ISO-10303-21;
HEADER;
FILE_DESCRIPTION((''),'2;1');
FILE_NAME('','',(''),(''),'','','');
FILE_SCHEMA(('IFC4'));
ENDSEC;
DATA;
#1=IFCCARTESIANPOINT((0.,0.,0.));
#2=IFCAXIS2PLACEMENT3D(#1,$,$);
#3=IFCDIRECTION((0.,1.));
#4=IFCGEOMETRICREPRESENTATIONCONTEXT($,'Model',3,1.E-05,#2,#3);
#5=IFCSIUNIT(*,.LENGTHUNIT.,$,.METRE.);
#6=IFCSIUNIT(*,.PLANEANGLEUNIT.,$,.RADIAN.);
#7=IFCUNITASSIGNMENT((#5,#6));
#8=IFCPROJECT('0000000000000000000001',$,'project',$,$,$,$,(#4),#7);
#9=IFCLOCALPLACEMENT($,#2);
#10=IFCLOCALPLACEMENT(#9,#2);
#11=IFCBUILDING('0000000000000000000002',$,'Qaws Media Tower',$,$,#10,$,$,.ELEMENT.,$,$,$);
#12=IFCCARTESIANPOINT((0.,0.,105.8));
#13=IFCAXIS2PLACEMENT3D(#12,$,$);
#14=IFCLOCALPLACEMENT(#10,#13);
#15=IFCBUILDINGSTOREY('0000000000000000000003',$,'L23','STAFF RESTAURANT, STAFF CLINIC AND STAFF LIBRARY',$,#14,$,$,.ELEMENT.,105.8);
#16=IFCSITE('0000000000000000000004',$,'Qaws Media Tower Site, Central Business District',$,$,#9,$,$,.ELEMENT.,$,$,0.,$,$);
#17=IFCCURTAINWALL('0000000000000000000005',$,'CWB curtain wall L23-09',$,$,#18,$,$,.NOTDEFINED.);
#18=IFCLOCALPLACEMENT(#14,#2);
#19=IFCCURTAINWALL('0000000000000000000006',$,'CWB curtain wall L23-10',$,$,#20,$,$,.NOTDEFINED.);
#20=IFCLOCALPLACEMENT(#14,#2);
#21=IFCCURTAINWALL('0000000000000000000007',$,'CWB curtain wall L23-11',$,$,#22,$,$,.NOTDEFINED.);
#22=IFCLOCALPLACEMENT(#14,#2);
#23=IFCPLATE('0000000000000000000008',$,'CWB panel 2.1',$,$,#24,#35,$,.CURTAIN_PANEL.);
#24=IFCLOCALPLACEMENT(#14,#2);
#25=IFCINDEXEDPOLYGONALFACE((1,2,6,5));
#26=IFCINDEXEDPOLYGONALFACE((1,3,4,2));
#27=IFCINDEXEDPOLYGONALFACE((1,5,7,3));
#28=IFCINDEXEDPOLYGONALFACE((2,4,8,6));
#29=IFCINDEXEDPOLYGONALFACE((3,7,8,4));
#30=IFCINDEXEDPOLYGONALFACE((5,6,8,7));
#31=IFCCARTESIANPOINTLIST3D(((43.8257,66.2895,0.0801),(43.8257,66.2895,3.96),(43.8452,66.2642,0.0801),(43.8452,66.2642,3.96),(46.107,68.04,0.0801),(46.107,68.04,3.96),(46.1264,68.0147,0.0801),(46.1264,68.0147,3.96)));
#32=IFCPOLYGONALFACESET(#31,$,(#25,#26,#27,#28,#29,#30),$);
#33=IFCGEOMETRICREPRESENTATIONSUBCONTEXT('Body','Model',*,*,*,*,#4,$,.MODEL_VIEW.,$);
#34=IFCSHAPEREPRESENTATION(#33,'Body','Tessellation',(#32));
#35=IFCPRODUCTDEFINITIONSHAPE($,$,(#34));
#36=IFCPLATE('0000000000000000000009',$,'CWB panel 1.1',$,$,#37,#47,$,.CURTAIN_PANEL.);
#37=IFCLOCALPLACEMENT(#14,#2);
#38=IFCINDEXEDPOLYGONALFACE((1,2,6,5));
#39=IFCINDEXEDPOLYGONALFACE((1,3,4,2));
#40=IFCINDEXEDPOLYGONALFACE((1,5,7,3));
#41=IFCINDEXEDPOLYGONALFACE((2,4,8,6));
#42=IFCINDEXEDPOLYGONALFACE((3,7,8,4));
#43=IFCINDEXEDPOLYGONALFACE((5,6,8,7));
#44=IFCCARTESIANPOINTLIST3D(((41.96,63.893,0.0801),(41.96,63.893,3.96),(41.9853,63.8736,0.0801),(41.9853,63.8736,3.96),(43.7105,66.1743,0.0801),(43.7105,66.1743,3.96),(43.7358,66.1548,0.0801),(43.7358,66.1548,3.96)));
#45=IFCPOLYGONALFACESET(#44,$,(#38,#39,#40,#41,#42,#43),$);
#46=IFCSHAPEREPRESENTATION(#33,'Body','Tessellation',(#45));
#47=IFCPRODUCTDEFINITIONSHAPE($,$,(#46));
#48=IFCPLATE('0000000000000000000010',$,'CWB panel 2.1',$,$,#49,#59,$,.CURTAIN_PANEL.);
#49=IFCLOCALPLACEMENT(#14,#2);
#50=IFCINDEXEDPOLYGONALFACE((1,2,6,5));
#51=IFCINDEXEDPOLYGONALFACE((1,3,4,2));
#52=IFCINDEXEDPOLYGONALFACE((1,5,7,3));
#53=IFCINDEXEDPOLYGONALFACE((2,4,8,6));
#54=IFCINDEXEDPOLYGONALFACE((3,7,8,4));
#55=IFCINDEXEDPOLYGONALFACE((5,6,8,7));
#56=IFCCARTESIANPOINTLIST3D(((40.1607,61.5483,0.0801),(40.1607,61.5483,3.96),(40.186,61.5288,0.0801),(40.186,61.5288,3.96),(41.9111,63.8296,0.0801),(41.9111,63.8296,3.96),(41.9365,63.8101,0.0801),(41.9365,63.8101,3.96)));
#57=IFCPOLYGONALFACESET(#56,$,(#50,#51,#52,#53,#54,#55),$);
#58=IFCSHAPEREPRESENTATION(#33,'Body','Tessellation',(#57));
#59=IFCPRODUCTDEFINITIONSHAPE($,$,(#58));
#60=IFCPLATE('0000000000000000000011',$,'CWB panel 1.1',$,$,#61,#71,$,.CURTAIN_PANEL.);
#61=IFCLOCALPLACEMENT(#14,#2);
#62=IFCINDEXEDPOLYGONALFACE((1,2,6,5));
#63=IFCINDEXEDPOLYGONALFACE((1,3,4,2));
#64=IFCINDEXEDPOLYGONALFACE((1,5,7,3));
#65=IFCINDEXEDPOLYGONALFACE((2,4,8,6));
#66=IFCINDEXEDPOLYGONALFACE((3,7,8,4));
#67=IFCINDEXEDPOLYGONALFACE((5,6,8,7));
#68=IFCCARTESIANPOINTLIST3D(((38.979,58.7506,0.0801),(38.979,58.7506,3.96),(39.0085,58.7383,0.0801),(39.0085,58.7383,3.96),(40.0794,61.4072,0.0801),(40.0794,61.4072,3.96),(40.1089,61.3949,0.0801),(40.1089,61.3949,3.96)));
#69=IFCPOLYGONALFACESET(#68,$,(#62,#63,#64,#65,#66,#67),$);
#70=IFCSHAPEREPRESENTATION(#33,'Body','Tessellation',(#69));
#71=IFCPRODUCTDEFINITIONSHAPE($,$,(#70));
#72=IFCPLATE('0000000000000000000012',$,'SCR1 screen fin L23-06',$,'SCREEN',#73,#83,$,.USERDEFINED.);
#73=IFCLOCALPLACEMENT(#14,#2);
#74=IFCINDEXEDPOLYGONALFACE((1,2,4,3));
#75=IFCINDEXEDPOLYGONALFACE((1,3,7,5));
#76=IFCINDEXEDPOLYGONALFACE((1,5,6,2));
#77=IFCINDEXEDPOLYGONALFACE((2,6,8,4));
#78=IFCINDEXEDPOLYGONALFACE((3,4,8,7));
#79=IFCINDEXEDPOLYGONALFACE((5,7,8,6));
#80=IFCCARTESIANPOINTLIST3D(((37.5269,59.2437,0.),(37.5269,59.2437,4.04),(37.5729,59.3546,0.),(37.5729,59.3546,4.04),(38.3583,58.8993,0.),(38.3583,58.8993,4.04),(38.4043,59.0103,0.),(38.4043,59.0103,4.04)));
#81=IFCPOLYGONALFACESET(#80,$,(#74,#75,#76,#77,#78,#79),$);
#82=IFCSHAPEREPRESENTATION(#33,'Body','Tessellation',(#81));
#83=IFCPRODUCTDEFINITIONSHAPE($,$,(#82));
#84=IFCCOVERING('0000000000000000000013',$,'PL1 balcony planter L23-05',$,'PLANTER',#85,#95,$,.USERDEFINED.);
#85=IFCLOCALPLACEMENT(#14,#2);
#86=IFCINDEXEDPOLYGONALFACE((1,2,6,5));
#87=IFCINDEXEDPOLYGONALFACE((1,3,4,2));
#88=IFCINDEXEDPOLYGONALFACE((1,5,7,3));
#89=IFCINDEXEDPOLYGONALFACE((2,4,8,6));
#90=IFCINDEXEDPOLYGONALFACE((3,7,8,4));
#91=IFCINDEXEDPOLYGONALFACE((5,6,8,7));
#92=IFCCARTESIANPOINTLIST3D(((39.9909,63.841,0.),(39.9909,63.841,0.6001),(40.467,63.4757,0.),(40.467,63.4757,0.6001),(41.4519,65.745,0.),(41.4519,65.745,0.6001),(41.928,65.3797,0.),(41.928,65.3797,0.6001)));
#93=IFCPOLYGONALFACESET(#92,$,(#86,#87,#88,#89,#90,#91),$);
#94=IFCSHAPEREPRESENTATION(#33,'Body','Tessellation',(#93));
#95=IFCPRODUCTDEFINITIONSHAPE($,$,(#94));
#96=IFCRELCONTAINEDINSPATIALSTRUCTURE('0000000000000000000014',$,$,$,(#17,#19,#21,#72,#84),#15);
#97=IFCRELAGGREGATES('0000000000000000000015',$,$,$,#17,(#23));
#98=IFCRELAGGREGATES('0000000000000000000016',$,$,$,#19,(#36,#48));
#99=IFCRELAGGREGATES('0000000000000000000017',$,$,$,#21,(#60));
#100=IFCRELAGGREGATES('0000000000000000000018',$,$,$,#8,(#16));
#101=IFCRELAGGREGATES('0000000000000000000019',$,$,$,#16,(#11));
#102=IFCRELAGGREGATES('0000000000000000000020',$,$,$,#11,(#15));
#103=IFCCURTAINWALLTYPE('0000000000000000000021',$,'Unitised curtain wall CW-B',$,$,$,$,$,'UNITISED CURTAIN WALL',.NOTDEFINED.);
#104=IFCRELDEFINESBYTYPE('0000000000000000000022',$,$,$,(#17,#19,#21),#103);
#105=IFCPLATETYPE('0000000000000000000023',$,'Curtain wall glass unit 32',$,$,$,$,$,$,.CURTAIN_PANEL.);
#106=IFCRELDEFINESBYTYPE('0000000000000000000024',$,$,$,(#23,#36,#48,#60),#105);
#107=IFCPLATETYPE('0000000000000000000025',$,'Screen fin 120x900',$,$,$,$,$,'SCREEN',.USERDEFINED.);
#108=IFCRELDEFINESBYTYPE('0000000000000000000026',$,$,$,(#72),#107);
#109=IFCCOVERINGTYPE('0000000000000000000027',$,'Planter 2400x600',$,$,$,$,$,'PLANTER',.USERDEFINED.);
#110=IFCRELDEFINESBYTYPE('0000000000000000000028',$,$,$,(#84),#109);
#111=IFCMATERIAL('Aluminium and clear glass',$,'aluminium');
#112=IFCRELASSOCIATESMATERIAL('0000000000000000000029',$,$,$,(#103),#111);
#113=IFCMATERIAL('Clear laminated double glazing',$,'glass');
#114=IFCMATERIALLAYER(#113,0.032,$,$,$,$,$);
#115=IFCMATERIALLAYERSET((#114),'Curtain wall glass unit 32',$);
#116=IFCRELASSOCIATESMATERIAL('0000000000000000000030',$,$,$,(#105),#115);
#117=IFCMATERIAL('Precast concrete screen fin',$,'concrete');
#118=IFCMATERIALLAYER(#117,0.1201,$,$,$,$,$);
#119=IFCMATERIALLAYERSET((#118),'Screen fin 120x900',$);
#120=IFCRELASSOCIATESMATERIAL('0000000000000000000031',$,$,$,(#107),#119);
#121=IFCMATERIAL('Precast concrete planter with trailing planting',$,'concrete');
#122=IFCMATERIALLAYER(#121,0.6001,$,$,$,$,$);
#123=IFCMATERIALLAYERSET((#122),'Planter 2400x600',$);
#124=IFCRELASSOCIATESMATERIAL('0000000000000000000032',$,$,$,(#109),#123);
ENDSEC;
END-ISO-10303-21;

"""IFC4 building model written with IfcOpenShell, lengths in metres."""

from ifc_helpers import new_model, si_unit, direction, frame, origin, origin_2d, place, context, subcontext, project, spatial, rectangle, extrude, material, layer, layer_set, type_object, element, aggregate, save


model = new_model("IFC4")

# Units and contexts
model_context = context("Model", 3, precision=1e-05, world=origin(), true_north=direction((0.0, 1.0)))
body_context = subcontext(model_context, "Body", "Model", "MODEL_VIEW")
ifc_project = project(units=[si_unit("LENGTHUNIT", "METRE"), si_unit("PLANEANGLEUNIT", "RADIAN")], contexts=[model_context])

# Site, building, storey
site_placement = place(None, origin())
site = spatial("IfcSite", under=ifc_project, at=site_placement, Name="Qaws Media Tower Site, Central Business District", CompositionType="ELEMENT", RefElevation=0.0)
building_placement = place(site_placement, origin())
building = spatial("IfcBuilding", under=site, at=building_placement, Name="Qaws Media Tower", CompositionType="ELEMENT")
storey_placement = place(building_placement, frame((0.0, 0.0, 105.8)))
storey = spatial("IfcBuildingStorey", under=building, at=storey_placement, Name="L23", Description="STAFF RESTAURANT, STAFF CLINIC AND STAFF LIBRARY", CompositionType="ELEMENT", Elevation=105.8)

# Curtain wall
ifc_material_1 = material(Name="Aluminium and clear glass", Category="aluminium")
curtain_wall_type = type_object("IfcCurtainWallType", Name="Unitised curtain wall CW-B", ElementType="UNITISED CURTAIN WALL", PredefinedType="NOTDEFINED", material=ifc_material_1)
curtain_wall_1_placement = place(storey_placement, origin())
curtain_wall_1 = element("IfcCurtainWall", 1, at=curtain_wall_1_placement, inside=storey, type_object=curtain_wall_type, Name="CWB curtain wall L23-09", PredefinedType="NOTDEFINED")

# Curtain walls
curtain_wall_2_placement = place(storey_placement, origin())
curtain_wall_2 = element("IfcCurtainWall", 2, at=curtain_wall_2_placement, inside=storey, type_object=curtain_wall_type, Name="CWB curtain wall L23-10", PredefinedType="NOTDEFINED")
curtain_wall_3_placement = place(storey_placement, origin())
curtain_wall_3 = element("IfcCurtainWall", 3, at=curtain_wall_3_placement, inside=storey, type_object=curtain_wall_type, Name="CWB curtain wall L23-11", PredefinedType="NOTDEFINED")

# Plates
ifc_material_2 = material(Name="Clear laminated double glazing", Category="glass")
ifc_layer_1 = layer(ifc_material_2, 0.032)
ifc_layer_set_1 = layer_set([ifc_layer_1], Name="Curtain wall glass unit 32")
plate_type_1 = type_object("IfcPlateType", Name="Curtain wall glass unit 32", PredefinedType="CURTAIN_PANEL", material=ifc_layer_set_1)
plate_1_placement = place(storey_placement, frame((44.9761, 67.1521, 0.0801), z_axis=(0.0, 0.0, 1.0), x_axis=(-0.793353, -0.608761, 0.0)))
plate_1 = element("IfcPlate", 4, at=plate_1_placement, type_object=plate_type_1, Name="CWB panel 2.1", PredefinedType="CURTAIN_PANEL", context=body_context, shape_type="SweptSolid", body=[
    extrude(rectangle(XDim=2.8755, YDim=0.032, at=origin_2d()), origin(), (0.0, 0.0, 1.0), 3.8799),
])
aggregate(curtain_wall_1, [plate_1])
plate_2_placement = place(storey_placement, frame((42.8479, 65.0239, 0.0801), z_axis=(0.0, 0.0, 1.0), x_axis=(-0.608761, -0.793353, 0.0)))
plate_2 = element("IfcPlate", 5, at=plate_2_placement, type_object=plate_type_1, Name="CWB panel 1.1", PredefinedType="CURTAIN_PANEL", context=body_context, shape_type="SweptSolid", body=[
    extrude(rectangle(XDim=2.8755, YDim=0.032, at=origin_2d()), origin(), (0.0, 0.0, 1.0), 3.8799),
])
plate_3_placement = place(storey_placement, frame((41.0486, 62.6792, 0.0801), z_axis=(0.0, 0.0, 1.0), x_axis=(-0.608761, -0.793353, 0.0)))
plate_3 = element("IfcPlate", 6, at=plate_3_placement, type_object=plate_type_1, Name="CWB panel 2.1", PredefinedType="CURTAIN_PANEL", context=body_context, shape_type="SweptSolid", body=[
    extrude(rectangle(XDim=2.8755, YDim=0.032, at=origin_2d()), origin(), (0.0, 0.0, 1.0), 3.8799),
])
aggregate(curtain_wall_2, [plate_2, plate_3])
plate_4_placement = place(storey_placement, frame((39.5439, 60.0728, 0.0801), z_axis=(0.0, 0.0, 1.0), x_axis=(-0.382683, -0.92388, 0.0)))
plate_4 = element("IfcPlate", 7, at=plate_4_placement, type_object=plate_type_1, Name="CWB panel 1.1", PredefinedType="CURTAIN_PANEL", context=body_context, shape_type="SweptSolid", body=[
    extrude(rectangle(XDim=2.8755, YDim=0.032, at=origin_2d()), origin(), (0.0, 0.0, 1.0), 3.8799),
])
aggregate(curtain_wall_3, [plate_4])
ifc_material_3 = material(Name="Precast concrete screen fin", Category="concrete")
ifc_layer_2 = layer(ifc_material_3, 0.1201)
ifc_layer_set_2 = layer_set([ifc_layer_2], Name="Screen fin 120x900")
plate_type_2 = type_object("IfcPlateType", Name="Screen fin 120x900", ElementType="SCREEN", PredefinedType="USERDEFINED", material=ifc_layer_set_2)
plate_5_placement = place(storey_placement, frame((37.9656, 59.127, 0.0), z_axis=(0.0, 0.0, 1.0), x_axis=(-0.92388, 0.382683, 0.0)))
element("IfcPlate", 8, at=plate_5_placement, inside=storey, type_object=plate_type_2, Name="SCR1 screen fin L23-06", ObjectType="SCREEN", PredefinedType="USERDEFINED", context=body_context, shape_type="SweptSolid", body=[
    extrude(rectangle(XDim=0.8999, YDim=0.1201, at=origin_2d()), origin(), (0.0, 0.0, 1.0), 4.04),
])

# Covering
ifc_material_4 = material(Name="Precast concrete planter with trailing planting", Category="concrete")
ifc_layer_3 = layer(ifc_material_4, 0.6001)
ifc_layer_set_3 = layer_set([ifc_layer_3], Name="Planter 2400x600")
covering_type = type_object("IfcCoveringType", Name="Planter 2400x600", ElementType="PLANTER", PredefinedType="USERDEFINED", material=ifc_layer_set_3)
covering_placement = place(storey_placement, frame((40.9595, 64.6104, 0.0), z_axis=(0.0, 0.0, 1.0), x_axis=(-0.608761, -0.793353, 0.0)))
element("IfcCovering", 9, at=covering_placement, inside=storey, type_object=covering_type, Name="PL1 balcony planter L23-05", ObjectType="PLANTER", PredefinedType="USERDEFINED", context=body_context, shape_type="SweptSolid", body=[
    extrude(rectangle(XDim=2.3999, YDim=0.6001, at=origin_2d()), origin(), (0.0, 0.0, 1.0), 0.6001),
])

save(model, "model.ifc")
